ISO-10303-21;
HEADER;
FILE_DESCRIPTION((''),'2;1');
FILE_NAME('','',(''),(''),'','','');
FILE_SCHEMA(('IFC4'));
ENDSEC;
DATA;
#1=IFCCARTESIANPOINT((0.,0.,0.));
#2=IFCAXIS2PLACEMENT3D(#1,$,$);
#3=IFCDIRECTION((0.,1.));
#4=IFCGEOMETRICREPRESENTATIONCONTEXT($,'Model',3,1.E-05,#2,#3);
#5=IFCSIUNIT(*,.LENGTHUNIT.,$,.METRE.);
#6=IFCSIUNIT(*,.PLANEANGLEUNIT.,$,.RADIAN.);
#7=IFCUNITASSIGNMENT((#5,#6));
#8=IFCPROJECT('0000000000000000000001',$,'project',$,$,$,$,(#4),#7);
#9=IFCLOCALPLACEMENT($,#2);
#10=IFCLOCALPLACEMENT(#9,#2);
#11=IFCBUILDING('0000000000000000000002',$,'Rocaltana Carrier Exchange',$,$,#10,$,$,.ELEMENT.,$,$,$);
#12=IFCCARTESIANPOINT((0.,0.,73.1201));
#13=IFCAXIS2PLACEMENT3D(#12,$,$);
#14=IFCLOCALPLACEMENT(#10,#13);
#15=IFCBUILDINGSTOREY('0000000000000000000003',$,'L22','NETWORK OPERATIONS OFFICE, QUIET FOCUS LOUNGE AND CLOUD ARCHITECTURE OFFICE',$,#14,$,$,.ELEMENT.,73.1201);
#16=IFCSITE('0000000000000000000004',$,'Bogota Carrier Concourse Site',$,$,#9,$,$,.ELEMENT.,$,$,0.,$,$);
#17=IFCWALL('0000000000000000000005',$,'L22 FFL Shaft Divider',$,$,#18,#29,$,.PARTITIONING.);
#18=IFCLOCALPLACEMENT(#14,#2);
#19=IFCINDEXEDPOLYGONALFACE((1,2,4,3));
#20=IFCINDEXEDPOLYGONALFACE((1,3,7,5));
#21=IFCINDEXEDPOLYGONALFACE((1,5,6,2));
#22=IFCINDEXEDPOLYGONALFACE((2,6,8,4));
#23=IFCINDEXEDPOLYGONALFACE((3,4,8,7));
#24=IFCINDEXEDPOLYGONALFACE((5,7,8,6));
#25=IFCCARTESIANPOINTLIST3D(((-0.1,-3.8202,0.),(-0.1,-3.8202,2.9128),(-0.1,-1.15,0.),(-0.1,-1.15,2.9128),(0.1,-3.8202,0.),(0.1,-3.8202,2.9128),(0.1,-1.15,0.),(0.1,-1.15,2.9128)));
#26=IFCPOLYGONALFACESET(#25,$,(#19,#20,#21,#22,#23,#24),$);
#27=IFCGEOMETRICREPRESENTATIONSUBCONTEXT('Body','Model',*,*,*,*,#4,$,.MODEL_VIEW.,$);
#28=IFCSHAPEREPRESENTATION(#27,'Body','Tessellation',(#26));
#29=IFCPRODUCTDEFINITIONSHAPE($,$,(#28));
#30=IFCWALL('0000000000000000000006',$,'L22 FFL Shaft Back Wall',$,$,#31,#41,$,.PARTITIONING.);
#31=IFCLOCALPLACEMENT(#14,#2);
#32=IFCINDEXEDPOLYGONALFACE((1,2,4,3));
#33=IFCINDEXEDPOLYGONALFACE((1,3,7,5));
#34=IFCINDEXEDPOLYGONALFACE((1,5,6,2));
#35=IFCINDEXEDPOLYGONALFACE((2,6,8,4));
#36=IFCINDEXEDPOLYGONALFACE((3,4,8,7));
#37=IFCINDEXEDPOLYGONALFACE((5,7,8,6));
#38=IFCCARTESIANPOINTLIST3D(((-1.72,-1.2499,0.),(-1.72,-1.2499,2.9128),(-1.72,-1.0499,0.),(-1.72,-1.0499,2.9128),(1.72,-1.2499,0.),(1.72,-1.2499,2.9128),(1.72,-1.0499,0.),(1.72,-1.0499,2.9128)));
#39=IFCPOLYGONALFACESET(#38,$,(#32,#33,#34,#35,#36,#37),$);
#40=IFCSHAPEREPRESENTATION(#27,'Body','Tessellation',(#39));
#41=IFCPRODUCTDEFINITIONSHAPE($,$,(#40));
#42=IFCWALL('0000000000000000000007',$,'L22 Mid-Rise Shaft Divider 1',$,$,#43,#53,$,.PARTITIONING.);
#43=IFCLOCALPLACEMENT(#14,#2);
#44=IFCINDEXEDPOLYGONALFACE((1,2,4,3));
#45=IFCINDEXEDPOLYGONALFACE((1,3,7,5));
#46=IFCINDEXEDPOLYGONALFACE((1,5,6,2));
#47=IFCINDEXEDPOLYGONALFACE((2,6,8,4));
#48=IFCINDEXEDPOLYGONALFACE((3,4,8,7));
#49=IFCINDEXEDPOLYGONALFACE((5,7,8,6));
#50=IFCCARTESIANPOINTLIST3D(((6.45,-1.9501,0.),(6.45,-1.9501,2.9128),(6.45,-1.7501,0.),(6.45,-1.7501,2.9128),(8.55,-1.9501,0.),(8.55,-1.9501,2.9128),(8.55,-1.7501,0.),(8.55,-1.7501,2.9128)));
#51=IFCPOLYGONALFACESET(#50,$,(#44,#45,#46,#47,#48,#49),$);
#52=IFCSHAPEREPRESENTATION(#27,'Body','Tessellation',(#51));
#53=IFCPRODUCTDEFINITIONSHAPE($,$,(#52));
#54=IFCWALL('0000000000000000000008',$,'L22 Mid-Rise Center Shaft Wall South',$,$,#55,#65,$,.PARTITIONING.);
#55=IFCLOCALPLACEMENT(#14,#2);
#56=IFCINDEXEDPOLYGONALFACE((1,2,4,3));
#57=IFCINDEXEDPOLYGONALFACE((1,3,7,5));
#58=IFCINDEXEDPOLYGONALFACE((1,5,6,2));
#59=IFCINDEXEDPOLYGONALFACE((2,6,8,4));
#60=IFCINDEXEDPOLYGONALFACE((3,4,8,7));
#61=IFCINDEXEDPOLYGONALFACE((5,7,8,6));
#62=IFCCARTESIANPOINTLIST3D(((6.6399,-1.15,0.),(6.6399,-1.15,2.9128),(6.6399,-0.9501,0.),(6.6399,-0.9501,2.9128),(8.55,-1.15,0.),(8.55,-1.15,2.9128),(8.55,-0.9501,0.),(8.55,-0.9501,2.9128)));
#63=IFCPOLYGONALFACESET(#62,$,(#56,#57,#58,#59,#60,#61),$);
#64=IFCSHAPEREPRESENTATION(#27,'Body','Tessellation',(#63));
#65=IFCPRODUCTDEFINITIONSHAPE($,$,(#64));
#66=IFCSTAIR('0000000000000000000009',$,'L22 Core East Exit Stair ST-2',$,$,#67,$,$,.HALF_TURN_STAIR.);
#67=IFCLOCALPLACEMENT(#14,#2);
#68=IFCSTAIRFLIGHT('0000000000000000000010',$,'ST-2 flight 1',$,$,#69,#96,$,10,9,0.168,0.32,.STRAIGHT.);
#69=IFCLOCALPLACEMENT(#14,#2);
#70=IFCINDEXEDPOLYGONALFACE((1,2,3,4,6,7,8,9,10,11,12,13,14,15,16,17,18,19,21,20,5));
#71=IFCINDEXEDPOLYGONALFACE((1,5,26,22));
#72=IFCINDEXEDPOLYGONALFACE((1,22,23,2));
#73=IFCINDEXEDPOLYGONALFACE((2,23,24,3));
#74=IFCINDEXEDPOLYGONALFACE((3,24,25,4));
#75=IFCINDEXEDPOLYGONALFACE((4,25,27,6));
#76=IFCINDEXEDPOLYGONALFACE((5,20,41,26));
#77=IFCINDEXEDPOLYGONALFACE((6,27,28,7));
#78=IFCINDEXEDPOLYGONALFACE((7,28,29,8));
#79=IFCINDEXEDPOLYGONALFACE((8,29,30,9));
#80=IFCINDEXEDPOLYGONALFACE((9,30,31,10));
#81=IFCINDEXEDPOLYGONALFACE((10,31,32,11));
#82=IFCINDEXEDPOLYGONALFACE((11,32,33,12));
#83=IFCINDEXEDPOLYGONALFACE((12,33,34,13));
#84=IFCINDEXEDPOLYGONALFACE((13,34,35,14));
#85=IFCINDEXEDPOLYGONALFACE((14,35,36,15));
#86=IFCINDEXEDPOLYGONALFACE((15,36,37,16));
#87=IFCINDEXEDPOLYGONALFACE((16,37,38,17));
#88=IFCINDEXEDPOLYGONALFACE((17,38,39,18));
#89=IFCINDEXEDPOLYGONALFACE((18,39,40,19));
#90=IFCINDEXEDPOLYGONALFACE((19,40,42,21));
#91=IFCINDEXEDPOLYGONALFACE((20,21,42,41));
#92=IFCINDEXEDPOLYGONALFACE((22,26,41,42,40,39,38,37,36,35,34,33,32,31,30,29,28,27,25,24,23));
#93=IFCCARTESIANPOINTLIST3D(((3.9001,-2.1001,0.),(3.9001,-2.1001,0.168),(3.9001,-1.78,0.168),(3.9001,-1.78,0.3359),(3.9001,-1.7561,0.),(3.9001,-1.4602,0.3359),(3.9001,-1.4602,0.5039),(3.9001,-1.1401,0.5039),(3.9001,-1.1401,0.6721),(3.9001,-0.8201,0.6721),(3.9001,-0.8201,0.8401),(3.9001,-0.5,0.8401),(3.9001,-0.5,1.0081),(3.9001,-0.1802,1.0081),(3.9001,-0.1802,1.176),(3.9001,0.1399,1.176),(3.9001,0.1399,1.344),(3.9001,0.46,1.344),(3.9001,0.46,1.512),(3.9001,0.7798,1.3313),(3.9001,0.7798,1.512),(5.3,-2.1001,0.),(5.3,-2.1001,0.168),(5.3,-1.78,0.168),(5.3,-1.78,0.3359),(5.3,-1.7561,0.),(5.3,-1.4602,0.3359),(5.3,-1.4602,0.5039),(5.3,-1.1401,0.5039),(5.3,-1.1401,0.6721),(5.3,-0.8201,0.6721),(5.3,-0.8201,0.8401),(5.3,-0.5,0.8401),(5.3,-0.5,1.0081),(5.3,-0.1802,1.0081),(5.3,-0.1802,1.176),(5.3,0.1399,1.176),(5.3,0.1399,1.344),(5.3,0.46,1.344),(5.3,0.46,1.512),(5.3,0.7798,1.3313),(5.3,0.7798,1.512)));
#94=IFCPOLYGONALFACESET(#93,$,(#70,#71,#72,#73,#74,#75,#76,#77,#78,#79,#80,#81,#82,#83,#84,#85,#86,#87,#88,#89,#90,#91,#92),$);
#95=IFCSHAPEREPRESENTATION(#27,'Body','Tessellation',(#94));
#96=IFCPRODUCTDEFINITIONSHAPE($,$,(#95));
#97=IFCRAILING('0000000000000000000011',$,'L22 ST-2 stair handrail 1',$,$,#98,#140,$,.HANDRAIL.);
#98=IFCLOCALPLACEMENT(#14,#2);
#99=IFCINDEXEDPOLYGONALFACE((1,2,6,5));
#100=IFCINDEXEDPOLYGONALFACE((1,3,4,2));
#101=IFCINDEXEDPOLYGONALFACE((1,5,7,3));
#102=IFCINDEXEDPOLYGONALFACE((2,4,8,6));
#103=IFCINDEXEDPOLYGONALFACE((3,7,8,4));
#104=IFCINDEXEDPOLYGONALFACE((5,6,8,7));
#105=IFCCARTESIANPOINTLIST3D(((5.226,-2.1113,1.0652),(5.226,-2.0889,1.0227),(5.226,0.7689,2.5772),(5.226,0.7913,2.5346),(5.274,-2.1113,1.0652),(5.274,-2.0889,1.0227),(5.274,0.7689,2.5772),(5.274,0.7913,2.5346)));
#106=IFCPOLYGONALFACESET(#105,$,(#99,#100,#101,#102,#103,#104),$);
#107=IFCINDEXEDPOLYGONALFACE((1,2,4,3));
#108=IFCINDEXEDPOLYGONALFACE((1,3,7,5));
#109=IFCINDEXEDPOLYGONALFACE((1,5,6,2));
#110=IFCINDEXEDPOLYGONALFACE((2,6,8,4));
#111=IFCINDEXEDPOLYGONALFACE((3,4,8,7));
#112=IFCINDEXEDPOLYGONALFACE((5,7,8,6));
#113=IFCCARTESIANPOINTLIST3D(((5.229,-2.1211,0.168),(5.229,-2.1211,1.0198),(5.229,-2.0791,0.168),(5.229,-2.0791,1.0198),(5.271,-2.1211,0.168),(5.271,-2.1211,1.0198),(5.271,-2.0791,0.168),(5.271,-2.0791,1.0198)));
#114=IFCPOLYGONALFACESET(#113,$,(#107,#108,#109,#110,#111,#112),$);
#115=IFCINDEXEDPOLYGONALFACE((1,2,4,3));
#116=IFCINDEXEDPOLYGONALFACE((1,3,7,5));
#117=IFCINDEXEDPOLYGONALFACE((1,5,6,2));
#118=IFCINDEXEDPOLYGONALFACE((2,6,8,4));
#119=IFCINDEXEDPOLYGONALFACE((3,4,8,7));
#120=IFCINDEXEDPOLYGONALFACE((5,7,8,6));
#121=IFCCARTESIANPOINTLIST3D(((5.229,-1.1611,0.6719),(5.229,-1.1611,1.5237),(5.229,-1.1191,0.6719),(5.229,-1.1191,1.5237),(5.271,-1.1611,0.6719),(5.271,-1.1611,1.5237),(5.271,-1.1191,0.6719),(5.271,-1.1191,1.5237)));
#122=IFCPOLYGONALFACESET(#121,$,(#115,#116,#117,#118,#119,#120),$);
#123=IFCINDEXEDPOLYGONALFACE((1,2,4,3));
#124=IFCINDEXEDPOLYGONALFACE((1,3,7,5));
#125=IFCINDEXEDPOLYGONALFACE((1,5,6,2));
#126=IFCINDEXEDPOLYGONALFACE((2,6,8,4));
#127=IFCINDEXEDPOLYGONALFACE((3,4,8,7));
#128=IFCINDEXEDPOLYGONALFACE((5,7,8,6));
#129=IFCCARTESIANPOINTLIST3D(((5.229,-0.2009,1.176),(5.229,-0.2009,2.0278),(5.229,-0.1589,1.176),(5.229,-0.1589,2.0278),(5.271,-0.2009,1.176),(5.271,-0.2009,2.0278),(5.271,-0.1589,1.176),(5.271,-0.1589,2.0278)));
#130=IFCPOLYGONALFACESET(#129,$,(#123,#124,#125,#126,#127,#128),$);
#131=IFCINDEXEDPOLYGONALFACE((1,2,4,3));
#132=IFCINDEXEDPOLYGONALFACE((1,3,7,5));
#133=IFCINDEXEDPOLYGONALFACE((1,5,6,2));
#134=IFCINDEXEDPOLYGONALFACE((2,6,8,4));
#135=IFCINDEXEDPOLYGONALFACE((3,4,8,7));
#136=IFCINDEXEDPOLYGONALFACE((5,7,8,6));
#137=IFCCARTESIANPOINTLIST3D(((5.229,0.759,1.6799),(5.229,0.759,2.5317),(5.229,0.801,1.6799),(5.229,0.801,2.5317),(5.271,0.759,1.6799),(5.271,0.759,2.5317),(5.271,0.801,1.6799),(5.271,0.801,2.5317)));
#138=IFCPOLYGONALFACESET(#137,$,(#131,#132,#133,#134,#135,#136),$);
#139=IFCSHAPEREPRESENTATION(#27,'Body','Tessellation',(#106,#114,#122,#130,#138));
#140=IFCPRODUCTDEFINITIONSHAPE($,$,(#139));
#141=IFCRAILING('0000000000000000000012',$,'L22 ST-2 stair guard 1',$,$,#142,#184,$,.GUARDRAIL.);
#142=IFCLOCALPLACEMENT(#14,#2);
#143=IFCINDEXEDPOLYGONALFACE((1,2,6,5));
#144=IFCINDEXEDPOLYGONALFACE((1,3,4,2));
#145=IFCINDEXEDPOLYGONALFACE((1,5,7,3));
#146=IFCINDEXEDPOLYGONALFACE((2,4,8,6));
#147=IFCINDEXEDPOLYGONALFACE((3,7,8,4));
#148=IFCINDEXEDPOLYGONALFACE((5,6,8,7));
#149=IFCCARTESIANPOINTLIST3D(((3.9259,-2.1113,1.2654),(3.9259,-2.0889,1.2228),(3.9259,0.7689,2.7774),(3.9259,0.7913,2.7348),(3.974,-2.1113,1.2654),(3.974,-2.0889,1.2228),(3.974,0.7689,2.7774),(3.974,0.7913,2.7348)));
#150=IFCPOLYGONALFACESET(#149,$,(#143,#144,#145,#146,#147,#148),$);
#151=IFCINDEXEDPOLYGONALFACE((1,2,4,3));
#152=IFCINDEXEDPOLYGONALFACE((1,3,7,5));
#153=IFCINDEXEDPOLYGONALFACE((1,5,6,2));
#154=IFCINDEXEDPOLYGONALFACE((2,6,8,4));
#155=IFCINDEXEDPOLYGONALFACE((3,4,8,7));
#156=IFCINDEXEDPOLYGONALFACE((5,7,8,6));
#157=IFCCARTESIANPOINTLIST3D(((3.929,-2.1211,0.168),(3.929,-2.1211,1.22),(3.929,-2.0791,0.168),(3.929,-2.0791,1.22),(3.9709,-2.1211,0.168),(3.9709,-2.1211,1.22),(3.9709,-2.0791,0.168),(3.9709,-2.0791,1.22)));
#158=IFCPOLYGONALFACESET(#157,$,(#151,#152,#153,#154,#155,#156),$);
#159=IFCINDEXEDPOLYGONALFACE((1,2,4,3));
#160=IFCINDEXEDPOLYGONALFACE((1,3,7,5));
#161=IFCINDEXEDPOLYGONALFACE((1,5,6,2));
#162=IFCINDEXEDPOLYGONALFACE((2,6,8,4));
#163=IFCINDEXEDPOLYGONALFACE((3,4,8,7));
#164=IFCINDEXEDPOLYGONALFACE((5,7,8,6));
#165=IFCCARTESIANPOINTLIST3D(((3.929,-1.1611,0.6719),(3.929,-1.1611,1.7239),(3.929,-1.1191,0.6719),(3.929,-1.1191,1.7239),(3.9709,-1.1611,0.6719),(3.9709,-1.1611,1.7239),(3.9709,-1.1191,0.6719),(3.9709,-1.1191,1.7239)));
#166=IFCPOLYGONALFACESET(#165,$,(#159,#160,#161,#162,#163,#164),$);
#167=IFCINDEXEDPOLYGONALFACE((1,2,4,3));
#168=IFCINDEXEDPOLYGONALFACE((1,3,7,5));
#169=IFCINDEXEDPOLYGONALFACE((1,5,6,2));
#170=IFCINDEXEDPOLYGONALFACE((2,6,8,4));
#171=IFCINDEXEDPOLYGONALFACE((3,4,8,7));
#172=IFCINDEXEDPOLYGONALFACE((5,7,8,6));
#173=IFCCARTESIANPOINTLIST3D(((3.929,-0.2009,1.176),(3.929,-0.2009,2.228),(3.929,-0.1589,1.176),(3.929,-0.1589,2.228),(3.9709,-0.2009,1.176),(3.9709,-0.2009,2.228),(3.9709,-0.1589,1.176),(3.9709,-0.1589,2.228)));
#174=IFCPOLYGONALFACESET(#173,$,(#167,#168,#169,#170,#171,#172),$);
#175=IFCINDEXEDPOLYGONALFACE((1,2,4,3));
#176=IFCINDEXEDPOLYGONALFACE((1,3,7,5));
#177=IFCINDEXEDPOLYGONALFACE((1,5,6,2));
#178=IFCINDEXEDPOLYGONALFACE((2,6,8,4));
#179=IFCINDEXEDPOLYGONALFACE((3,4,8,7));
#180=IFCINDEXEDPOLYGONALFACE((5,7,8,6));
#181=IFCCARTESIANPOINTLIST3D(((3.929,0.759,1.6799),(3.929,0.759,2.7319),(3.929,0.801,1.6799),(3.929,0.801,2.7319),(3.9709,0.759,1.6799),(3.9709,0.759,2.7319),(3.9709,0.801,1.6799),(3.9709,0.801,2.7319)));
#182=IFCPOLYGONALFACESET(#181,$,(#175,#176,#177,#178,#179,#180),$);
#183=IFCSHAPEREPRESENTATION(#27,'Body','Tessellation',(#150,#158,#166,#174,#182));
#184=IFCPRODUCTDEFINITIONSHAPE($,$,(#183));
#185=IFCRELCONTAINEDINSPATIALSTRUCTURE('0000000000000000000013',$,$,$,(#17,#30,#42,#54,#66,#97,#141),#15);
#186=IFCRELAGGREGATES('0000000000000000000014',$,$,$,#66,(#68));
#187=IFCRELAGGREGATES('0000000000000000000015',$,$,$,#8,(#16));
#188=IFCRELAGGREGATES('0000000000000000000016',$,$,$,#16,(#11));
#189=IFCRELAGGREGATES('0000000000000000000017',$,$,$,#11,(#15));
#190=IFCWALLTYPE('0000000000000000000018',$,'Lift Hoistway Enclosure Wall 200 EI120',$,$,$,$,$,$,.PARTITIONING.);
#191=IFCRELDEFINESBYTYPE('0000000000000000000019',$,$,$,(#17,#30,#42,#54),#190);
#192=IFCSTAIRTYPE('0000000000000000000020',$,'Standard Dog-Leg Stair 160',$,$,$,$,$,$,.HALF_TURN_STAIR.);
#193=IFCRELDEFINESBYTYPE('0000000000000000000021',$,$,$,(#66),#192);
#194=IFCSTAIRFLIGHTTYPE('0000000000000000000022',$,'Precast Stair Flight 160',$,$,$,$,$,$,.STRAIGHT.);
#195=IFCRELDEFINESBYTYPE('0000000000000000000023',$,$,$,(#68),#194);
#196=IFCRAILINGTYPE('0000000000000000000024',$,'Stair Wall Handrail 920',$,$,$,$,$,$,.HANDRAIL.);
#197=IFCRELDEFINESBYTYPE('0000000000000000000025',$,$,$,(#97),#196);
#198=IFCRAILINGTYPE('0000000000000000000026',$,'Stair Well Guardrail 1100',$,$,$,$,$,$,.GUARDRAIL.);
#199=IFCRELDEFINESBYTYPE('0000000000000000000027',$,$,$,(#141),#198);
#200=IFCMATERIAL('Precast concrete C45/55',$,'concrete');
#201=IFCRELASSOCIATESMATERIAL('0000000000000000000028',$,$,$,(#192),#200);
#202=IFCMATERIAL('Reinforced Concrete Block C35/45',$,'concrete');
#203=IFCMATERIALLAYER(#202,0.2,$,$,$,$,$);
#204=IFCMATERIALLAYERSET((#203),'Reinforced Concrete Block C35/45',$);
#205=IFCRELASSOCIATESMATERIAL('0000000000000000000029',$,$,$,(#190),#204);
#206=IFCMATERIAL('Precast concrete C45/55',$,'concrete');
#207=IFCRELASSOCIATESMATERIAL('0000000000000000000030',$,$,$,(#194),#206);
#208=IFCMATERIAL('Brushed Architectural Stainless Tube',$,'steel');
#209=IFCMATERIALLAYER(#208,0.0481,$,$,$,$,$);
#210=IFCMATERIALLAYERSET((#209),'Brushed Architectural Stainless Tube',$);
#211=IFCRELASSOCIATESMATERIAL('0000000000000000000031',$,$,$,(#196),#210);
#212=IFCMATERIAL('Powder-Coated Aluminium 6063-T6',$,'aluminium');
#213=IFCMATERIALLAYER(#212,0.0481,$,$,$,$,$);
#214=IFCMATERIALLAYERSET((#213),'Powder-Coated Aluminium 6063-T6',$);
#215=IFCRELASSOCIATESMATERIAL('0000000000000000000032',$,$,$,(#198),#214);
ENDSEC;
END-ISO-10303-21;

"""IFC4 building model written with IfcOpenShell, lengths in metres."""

from ifc_helpers import new_model, si_unit, direction, frame, frame_2d, origin, origin_2d, place, context, subcontext, project, spatial, polyline, rectangle, outline, extrude, material, layer, layer_set, type_object, element, aggregate, save


model = new_model("IFC4")

# Units and contexts
model_context = context("Model", 3, precision=1e-05, world=origin(), true_north=direction((0.0, 1.0)))
body_context = subcontext(model_context, "Body", "Model", "MODEL_VIEW")
ifc_project = project(units=[si_unit("LENGTHUNIT", "METRE"), si_unit("PLANEANGLEUNIT", "RADIAN")], contexts=[model_context])

# Site, building, storey
site_placement = place(None, origin())
site = spatial("IfcSite", under=ifc_project, at=site_placement, Name="Bogota Carrier Concourse Site", CompositionType="ELEMENT", RefElevation=0.0)
building_placement = place(site_placement, origin())
building = spatial("IfcBuilding", under=site, at=building_placement, Name="Rocaltana Carrier Exchange", CompositionType="ELEMENT")
storey_placement = place(building_placement, frame((0.0, 0.0, 73.1201)))
storey = spatial("IfcBuildingStorey", under=building, at=storey_placement, Name="L22", Description="NETWORK OPERATIONS OFFICE, QUIET FOCUS LOUNGE AND CLOUD ARCHITECTURE OFFICE", CompositionType="ELEMENT", Elevation=73.1201)

# Shared definitions
ifc_material_1 = material(Name="Precast concrete C45/55", Category="concrete")
stair_type = type_object("IfcStairType", Name="Standard Dog-Leg Stair 160", PredefinedType="HALF_TURN_STAIR", material=ifc_material_1)

# Walls
ifc_material_2 = material(Name="Reinforced Concrete Block C35/45", Category="concrete")
ifc_layer_1 = layer(ifc_material_2, 0.2)
ifc_layer_set_1 = layer_set([ifc_layer_1], Name="Reinforced Concrete Block C35/45")
wall_type_1 = type_object("IfcWallType", Name="Lift Hoistway Enclosure Wall 200 EI120", PredefinedType="PARTITIONING", material=ifc_layer_set_1)
wall_1_placement = place(storey_placement, frame((0.0, -3.8201, 0.0), z_axis=(0.0, 0.0, 1.0), x_axis=(0.0, 1.0, 0.0)))
element("IfcWall", 1, at=wall_1_placement, inside=storey, type_object=wall_type_1, Name="L22 FFL Shaft Divider", PredefinedType="PARTITIONING", context=body_context, shape_type="SweptSolid", body=[
    extrude(rectangle(XDim=2.6702, YDim=0.2, at=frame_2d((1.335, 0.0))), origin(), (0.0, 0.0, 1.0), 2.9128),
])
wall_2_placement = place(storey_placement, frame((-1.72, -1.1499, 0.0), z_axis=(0.0, 0.0, 1.0), x_axis=(1.0, 0.0, 0.0)))
element("IfcWall", 2, at=wall_2_placement, inside=storey, type_object=wall_type_1, Name="L22 FFL Shaft Back Wall", PredefinedType="PARTITIONING", context=body_context, shape_type="SweptSolid", body=[
    extrude(rectangle(XDim=3.4399, YDim=0.2, at=frame_2d((1.72, 0.0))), origin(), (0.0, 0.0, 1.0), 2.9128),
])
wall_3_placement = place(storey_placement, frame((6.45, -1.8501, 0.0), z_axis=(0.0, 0.0, 1.0), x_axis=(1.0, 0.0, 0.0)))
element("IfcWall", 3, at=wall_3_placement, inside=storey, type_object=wall_type_1, Name="L22 Mid-Rise Shaft Divider 1", PredefinedType="PARTITIONING", context=body_context, shape_type="SweptSolid", body=[
    extrude(rectangle(XDim=2.1001, YDim=0.2, at=frame_2d((1.05, 0.0))), origin(), (0.0, 0.0, 1.0), 2.9128),
])
wall_4_placement = place(storey_placement, frame((6.6399, -1.05, 0.0), z_axis=(0.0, 0.0, 1.0), x_axis=(1.0, 0.0, 0.0)))
element("IfcWall", 4, at=wall_4_placement, inside=storey, type_object=wall_type_1, Name="L22 Mid-Rise Center Shaft Wall South", PredefinedType="PARTITIONING", context=body_context, shape_type="SweptSolid", body=[
    extrude(rectangle(XDim=1.9102, YDim=0.2, at=frame_2d((0.9551, 0.0))), origin(), (0.0, 0.0, 1.0), 2.9128),
])

# Stair, stair flight
stair_1_placement = place(storey_placement, origin())
stair_1 = element("IfcStair", 5, at=stair_1_placement, inside=storey, type_object=stair_type, Name="L22 Core East Exit Stair ST-2", PredefinedType="HALF_TURN_STAIR")
ifc_material_3 = material(Name="Precast concrete C45/55", Category="concrete")
stair_flight_type = type_object("IfcStairFlightType", Name="Precast Stair Flight 160", PredefinedType="STRAIGHT", material=ifc_material_3)
stair_flight_placement = place(storey_placement, frame((4.6001, -2.1001, 0.0), z_axis=(0.0, 0.0, 1.0), x_axis=(0.0, 1.0, 0.0)))
stair_flight = element("IfcStairFlight", 6, at=stair_flight_placement, type_object=stair_flight_type, Name="ST-2 flight 1", NumberOfRisers=10, NumberOfTreads=9, PredefinedType="STRAIGHT", RiserHeight=0.168, TreadLength=0.32, context=body_context, shape_type="SweptSolid", body=[
    extrude(outline(polyline([(0.0, 0.0), (0.0, 0.168), (0.3201, 0.168), (0.3201, 0.3359), (0.6399, 0.3359), (0.6399, 0.5039), (0.96, 0.5039), (0.96, 0.6721), (1.28, 0.6721), (1.28, 0.8401), (1.6001, 0.8401), (1.6001, 1.0081), (1.9199, 1.0081), (1.9199, 1.176), (2.24, 1.176), (2.24, 1.344), (2.5601, 1.344), (2.5601, 1.512), (2.8799, 1.512), (2.8799, 1.6799), (2.8799, 1.3313), (0.344, 0.0), (0.0, 0.0)])), frame((0.0, 0.7, 0.0), z_axis=(0.0, -1.0, 0.0), x_axis=(1.0, 0.0, 0.0)), (0.0, 0.0, 1.0), 1.3999),
])
aggregate(stair_1, [stair_flight])

# Railings
ifc_material_4 = material(Name="Brushed Architectural Stainless Tube", Category="steel")
ifc_layer_2 = layer(ifc_material_4, 0.0481)
ifc_layer_set_2 = layer_set([ifc_layer_2], Name="Brushed Architectural Stainless Tube")
railing_type_1 = type_object("IfcRailingType", Name="Stair Wall Handrail 920", PredefinedType="HANDRAIL", material=ifc_layer_set_2)
railing_1_placement = place(storey_placement, frame((5.25, -2.1001, 0.168)))
element("IfcRailing", 7, at=railing_1_placement, inside=storey, type_object=railing_type_1, Name="L22 ST-2 stair handrail 1", PredefinedType="HANDRAIL", context=body_context, shape_type="SweptSolid", body=[
    extrude(rectangle(XDim=0.0481, YDim=0.0481, at=origin_2d()), frame((0.0, 0.0, 0.876), z_axis=(0.0, 0.885411, 0.464809), x_axis=(-1.0, 0.0, 0.0)), (0.0, 0.0, 1.0), 3.2529),
    extrude(rectangle(XDim=0.042, YDim=0.042, at=origin_2d()), origin(), (0.0, 0.0, 1.0), 0.8518),
    extrude(rectangle(XDim=0.042, YDim=0.042, at=origin_2d()), frame((0.0, 0.96, 0.5039)), (0.0, 0.0, 1.0), 0.8518),
    extrude(rectangle(XDim=0.042, YDim=0.042, at=origin_2d()), frame((0.0, 1.9202, 1.0081)), (0.0, 0.0, 1.0), 0.8518),
    extrude(rectangle(XDim=0.042, YDim=0.042, at=origin_2d()), frame((0.0, 2.8801, 1.512)), (0.0, 0.0, 1.0), 0.8518),
])
ifc_material_5 = material(Name="Powder-Coated Aluminium 6063-T6", Category="aluminium")
ifc_layer_3 = layer(ifc_material_5, 0.0481)
ifc_layer_set_3 = layer_set([ifc_layer_3], Name="Powder-Coated Aluminium 6063-T6")
railing_type_2 = type_object("IfcRailingType", Name="Stair Well Guardrail 1100", PredefinedType="GUARDRAIL", material=ifc_layer_set_3)
railing_2_placement = place(storey_placement, frame((3.95, -2.1001, 0.168)))
element("IfcRailing", 8, at=railing_2_placement, inside=storey, type_object=railing_type_2, Name="L22 ST-2 stair guard 1", PredefinedType="GUARDRAIL", context=body_context, shape_type="SweptSolid", body=[
    extrude(rectangle(XDim=0.0481, YDim=0.0481, at=origin_2d()), frame((0.0, 0.0, 1.0762), z_axis=(0.0, 0.885411, 0.464809), x_axis=(-1.0, 0.0, 0.0)), (0.0, 0.0, 1.0), 3.2529),
    extrude(rectangle(XDim=0.042, YDim=0.042, at=origin_2d()), origin(), (0.0, 0.0, 1.0), 1.052),
    extrude(rectangle(XDim=0.042, YDim=0.042, at=origin_2d()), frame((0.0, 0.96, 0.5039)), (0.0, 0.0, 1.0), 1.052),
    extrude(rectangle(XDim=0.042, YDim=0.042, at=origin_2d()), frame((0.0, 1.9202, 1.0081)), (0.0, 0.0, 1.0), 1.052),
    extrude(rectangle(XDim=0.042, YDim=0.042, at=origin_2d()), frame((0.0, 2.8801, 1.512)), (0.0, 0.0, 1.0), 1.052),
])

save(model, "model.ifc")
